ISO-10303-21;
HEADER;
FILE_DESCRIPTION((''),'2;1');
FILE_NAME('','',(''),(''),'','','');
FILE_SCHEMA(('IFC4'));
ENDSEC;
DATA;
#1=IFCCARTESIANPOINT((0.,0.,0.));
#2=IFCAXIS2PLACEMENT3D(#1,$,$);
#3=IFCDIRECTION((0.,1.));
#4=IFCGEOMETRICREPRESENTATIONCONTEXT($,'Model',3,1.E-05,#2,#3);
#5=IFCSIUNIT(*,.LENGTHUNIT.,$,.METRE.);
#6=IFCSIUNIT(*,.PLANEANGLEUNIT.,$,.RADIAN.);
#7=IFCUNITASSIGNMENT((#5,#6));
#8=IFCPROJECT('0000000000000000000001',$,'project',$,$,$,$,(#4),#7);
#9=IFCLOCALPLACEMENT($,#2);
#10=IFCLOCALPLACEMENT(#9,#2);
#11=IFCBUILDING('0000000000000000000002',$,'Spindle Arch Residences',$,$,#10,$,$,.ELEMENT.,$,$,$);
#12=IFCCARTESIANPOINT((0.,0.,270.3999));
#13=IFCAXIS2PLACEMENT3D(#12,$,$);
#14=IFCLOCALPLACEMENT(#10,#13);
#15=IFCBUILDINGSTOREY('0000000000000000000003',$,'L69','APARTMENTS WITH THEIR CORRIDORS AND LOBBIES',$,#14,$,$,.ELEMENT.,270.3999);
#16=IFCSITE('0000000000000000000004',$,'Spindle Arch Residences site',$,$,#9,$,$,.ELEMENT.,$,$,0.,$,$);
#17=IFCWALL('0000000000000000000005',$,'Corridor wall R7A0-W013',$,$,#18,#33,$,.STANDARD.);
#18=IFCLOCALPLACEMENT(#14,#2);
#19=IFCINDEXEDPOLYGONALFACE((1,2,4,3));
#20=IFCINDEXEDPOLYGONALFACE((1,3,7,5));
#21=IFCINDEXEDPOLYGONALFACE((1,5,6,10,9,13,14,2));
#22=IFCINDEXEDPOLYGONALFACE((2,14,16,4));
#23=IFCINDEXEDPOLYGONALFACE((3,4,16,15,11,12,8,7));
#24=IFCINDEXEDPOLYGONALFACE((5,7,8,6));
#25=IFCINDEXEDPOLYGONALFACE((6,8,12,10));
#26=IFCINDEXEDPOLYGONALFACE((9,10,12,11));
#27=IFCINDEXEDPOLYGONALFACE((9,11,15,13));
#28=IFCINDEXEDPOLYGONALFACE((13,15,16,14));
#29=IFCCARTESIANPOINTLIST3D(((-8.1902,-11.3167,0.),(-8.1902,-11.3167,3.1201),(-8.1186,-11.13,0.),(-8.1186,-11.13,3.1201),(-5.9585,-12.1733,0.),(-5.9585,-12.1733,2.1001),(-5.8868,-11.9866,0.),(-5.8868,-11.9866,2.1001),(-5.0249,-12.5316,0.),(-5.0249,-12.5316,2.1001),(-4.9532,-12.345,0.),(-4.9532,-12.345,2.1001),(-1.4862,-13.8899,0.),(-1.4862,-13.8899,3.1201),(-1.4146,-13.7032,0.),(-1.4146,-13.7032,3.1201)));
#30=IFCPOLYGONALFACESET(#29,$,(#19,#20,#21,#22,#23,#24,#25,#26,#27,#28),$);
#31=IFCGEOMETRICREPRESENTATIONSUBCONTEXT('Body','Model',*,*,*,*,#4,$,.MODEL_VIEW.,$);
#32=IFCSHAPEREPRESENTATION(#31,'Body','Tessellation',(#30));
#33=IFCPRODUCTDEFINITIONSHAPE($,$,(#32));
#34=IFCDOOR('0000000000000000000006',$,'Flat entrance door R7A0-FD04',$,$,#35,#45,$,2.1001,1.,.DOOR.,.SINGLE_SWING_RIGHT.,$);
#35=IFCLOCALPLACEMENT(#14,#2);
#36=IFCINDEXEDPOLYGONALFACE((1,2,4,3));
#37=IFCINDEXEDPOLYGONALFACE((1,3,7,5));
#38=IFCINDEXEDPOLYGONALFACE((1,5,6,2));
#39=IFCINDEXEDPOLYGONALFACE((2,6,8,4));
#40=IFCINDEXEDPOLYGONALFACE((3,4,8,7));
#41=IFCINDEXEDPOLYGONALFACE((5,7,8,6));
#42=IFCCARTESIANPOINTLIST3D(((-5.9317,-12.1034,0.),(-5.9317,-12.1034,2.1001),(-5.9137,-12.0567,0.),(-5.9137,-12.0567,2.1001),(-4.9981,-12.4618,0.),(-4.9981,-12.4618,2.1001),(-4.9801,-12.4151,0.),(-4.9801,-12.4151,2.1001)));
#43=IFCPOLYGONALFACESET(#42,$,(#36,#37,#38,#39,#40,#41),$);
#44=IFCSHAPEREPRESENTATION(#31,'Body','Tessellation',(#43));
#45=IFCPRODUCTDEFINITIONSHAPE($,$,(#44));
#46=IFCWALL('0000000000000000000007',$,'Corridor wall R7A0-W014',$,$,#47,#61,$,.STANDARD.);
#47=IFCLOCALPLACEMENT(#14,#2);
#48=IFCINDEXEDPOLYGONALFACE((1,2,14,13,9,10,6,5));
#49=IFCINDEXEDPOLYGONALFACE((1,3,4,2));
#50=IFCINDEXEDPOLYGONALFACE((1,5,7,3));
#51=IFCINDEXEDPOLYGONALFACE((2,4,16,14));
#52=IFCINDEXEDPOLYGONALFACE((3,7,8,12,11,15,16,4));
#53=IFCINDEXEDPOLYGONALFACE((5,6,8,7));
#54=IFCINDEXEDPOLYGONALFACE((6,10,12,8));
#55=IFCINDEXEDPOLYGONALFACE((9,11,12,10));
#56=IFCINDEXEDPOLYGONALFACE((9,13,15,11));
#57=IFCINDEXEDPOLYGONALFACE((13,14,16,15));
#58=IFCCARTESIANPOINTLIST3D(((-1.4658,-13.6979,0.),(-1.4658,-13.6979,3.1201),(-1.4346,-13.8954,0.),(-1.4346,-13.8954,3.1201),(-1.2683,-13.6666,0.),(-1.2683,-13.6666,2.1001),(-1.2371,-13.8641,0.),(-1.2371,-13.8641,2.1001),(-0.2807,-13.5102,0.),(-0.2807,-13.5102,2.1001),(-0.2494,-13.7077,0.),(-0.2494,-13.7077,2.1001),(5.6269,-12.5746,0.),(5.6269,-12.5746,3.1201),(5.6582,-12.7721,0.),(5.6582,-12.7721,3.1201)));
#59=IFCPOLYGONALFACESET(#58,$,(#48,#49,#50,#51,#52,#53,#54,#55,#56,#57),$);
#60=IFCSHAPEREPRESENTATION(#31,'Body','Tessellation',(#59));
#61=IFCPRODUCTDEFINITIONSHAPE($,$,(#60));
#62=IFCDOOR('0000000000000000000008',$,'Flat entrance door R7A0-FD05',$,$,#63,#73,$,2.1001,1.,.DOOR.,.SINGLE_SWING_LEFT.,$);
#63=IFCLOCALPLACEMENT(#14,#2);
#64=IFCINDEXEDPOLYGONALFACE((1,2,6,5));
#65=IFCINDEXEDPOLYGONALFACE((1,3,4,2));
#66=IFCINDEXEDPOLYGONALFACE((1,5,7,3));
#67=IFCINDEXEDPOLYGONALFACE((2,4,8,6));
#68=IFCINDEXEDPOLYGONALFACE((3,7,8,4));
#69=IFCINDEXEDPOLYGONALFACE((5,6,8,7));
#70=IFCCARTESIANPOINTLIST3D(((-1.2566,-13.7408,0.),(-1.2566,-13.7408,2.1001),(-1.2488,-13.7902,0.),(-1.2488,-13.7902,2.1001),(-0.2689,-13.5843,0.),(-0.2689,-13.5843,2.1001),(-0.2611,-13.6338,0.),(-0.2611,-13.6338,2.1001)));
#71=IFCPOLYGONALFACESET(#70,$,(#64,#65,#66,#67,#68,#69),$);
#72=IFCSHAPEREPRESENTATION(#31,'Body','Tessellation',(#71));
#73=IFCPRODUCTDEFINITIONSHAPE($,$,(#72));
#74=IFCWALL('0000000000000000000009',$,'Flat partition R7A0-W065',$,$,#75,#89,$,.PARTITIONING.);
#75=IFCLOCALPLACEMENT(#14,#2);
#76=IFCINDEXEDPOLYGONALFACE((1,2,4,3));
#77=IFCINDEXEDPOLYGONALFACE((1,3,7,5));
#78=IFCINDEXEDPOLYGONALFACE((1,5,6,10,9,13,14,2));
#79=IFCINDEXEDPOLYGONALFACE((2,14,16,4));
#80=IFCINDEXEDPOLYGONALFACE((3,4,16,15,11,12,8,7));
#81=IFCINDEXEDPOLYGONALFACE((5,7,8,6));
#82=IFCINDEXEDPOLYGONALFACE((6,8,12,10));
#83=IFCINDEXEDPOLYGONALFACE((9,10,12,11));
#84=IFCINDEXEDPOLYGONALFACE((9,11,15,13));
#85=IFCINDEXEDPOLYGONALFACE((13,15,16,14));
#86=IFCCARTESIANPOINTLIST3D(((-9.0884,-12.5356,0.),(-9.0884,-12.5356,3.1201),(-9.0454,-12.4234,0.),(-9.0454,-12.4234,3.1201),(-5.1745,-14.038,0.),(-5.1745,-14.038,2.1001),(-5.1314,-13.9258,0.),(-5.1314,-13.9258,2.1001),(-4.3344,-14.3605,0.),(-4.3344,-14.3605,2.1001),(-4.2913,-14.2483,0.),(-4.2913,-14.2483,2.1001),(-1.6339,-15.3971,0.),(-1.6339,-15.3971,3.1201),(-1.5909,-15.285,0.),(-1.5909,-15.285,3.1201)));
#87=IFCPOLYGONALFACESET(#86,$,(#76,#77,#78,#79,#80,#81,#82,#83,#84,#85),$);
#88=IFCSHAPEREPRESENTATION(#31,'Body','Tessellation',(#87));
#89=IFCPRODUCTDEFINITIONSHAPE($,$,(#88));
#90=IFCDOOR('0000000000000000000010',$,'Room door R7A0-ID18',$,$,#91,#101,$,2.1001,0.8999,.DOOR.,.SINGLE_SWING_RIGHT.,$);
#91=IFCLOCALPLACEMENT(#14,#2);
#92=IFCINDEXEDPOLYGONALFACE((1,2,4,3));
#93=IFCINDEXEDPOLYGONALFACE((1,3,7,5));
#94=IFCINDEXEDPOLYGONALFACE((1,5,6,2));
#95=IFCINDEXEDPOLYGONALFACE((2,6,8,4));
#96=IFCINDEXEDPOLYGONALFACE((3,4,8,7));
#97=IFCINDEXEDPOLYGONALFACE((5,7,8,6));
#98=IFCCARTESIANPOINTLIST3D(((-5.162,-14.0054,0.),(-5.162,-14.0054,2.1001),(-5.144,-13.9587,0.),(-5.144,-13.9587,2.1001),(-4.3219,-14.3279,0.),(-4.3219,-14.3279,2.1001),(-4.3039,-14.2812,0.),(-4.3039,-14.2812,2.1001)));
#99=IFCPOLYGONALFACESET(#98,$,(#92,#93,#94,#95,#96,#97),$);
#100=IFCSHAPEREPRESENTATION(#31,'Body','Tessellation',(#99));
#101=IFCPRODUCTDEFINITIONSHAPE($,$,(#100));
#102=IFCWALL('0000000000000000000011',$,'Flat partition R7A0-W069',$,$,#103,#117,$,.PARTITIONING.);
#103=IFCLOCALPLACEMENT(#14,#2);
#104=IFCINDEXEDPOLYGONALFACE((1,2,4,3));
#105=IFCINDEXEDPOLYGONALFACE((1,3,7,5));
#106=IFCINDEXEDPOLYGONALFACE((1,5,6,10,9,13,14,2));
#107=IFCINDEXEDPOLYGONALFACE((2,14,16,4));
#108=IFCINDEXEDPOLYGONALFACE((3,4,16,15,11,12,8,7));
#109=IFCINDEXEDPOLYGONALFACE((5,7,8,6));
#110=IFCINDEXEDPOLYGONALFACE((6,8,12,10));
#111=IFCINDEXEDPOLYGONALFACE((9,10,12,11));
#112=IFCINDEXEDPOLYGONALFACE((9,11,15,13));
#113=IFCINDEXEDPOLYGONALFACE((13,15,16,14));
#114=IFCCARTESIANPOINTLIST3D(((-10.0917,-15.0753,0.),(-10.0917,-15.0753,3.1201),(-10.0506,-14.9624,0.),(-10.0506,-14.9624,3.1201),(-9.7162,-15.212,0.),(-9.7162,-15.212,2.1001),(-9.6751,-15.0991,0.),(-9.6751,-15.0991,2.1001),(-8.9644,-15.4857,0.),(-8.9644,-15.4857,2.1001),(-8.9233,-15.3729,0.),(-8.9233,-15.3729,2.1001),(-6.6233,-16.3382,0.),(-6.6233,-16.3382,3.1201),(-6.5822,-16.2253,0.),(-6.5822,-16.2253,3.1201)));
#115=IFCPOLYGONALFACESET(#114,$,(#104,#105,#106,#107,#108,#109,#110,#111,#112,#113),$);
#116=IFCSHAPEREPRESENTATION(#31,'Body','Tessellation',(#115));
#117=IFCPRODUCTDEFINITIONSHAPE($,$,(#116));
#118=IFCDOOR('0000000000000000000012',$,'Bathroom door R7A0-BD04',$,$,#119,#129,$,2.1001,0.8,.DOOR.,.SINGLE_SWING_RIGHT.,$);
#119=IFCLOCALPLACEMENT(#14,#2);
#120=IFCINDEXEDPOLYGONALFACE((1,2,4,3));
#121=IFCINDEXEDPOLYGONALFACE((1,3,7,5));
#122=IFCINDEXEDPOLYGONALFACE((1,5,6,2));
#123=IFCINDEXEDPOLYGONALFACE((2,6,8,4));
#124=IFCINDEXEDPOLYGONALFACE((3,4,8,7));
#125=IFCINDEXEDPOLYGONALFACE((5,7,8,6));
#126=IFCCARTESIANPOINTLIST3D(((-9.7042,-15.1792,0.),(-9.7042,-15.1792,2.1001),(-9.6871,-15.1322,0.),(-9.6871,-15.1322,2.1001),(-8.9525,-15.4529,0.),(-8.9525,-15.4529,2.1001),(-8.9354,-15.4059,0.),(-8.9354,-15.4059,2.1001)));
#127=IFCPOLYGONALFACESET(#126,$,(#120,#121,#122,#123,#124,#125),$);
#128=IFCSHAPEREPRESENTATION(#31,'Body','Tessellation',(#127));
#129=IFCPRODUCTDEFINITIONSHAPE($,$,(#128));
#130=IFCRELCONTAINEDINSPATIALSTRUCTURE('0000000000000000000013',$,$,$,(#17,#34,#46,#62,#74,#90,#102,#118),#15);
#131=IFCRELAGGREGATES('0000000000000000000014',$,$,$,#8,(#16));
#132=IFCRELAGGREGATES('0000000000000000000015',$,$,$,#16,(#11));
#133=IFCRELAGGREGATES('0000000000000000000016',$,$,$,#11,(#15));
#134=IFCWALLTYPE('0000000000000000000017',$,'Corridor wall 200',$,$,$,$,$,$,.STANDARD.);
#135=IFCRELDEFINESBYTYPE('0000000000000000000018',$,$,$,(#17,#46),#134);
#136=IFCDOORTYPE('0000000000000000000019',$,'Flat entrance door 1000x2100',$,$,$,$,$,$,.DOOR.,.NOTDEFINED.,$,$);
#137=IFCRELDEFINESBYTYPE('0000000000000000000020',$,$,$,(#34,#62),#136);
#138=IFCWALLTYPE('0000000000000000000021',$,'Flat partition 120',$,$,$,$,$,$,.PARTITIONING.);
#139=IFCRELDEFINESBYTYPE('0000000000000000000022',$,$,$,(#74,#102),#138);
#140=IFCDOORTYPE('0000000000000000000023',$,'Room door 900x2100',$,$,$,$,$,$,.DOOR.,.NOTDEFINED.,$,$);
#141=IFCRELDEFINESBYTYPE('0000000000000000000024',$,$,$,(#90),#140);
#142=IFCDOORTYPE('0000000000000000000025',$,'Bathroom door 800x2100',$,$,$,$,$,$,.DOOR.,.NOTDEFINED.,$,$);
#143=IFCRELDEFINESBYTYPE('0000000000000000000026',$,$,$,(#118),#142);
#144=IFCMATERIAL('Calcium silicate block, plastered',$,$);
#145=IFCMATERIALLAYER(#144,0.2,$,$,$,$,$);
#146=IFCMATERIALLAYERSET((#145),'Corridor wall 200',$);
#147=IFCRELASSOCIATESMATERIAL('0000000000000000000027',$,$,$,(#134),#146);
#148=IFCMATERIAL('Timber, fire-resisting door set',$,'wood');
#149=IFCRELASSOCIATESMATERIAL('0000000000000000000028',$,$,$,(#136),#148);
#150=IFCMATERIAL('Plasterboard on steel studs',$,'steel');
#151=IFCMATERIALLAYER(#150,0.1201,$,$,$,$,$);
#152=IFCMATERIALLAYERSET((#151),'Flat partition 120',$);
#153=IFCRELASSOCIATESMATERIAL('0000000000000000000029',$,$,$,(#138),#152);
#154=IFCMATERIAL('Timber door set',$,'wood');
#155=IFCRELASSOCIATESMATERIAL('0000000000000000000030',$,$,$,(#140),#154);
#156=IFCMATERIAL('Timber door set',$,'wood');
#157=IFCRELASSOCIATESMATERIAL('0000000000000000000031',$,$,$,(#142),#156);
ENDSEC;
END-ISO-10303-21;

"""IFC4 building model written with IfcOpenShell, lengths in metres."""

from ifc_helpers import new_model, si_unit, direction, frame, frame_2d, origin, place, context, subcontext, project, spatial, rectangle, extrude, material, layer, layer_set, type_object, element, fill, save


model = new_model("IFC4")

# Units and contexts
model_context = context("Model", 3, precision=1e-05, world=origin(), true_north=direction((0.0, 1.0)))
body_context = subcontext(model_context, "Body", "Model", "MODEL_VIEW")
ifc_project = project(units=[si_unit("LENGTHUNIT", "METRE"), si_unit("PLANEANGLEUNIT", "RADIAN")], contexts=[model_context])

# Site, building, storey
site_placement = place(None, origin())
site = spatial("IfcSite", under=ifc_project, at=site_placement, Name="Spindle Arch Residences site", CompositionType="ELEMENT", RefElevation=0.0)
building_placement = place(site_placement, origin())
building = spatial("IfcBuilding", under=site, at=building_placement, Name="Spindle Arch Residences", CompositionType="ELEMENT")
storey_placement = place(building_placement, frame((0.0, 0.0, 270.3999)))
storey = spatial("IfcBuildingStorey", under=building, at=storey_placement, Name="L69", Description="APARTMENTS WITH THEIR CORRIDORS AND LOBBIES", CompositionType="ELEMENT", Elevation=270.3999)

# Walls, openings, doors
ifc_material_1 = material(Name="Calcium silicate block, plastered")
ifc_layer_1 = layer(ifc_material_1, 0.2)
ifc_layer_set_1 = layer_set([ifc_layer_1], Name="Corridor wall 200")
wall_type_1 = type_object("IfcWallType", Name="Corridor wall 200", PredefinedType="STANDARD", material=ifc_layer_set_1)
wall_1_placement = place(storey_placement, frame((-8.1543, -11.2234, 0.0), z_axis=(0.0, 0.0, 1.0), x_axis=(0.933591, -0.358341, 0.0)))
wall_1 = element("IfcWall", 1, at=wall_1_placement, inside=storey, type_object=wall_type_1, Name="Corridor wall R7A0-W013", PredefinedType="STANDARD", context=body_context, shape_type="SweptSolid", body=[
    extrude(rectangle(XDim=7.1809, YDim=0.2, at=frame_2d((3.5903, 0.0))), origin(), (0.0, 0.0, 1.0), 3.1201),
])
opening_1_placement = place(wall_1_placement, frame((2.3904, 0.0, 0.0)))
opening_1 = element("IfcOpeningElement", 2, at=opening_1_placement, cuts=wall_1, PredefinedType="OPENING", context=body_context, shape_type="SweptSolid", body=[
    extrude(rectangle(XDim=1.0, YDim=2.1001, at=frame_2d((0.5, 1.05))), frame((0.0, 0.1099, 0.0), z_axis=(0.0, -1.0, 0.0), x_axis=(1.0, 0.0, 0.0)), (0.0, 0.0, 1.0), 0.22),
])
ifc_material_2 = material(Name="Timber, fire-resisting door set", Category="wood")
door_type_1 = type_object("IfcDoorType", Name="Flat entrance door 1000x2100", OperationType="NOTDEFINED", PredefinedType="DOOR", material=ifc_material_2)
door_1_placement = place(opening_1_placement, origin())
door_1 = element("IfcDoor", 3, at=door_1_placement, inside=storey, type_object=door_type_1, Name="Flat entrance door R7A0-FD04", OperationType="SINGLE_SWING_RIGHT", OverallHeight=2.1001, OverallWidth=1.0, PredefinedType="DOOR", context=body_context, shape_type="SweptSolid", body=[
    extrude(rectangle(XDim=1.0, YDim=2.1001, at=frame_2d((0.5, 1.05))), frame((0.0, 0.0249, 0.0), z_axis=(0.0, -1.0, 0.0), x_axis=(1.0, 0.0, 0.0)), (0.0, 0.0, 1.0), 0.05),
])
fill(opening_1, door_1)
wall_2_placement = place(storey_placement, frame((-1.4502, -13.7966, 0.0), z_axis=(0.0, 0.0, 1.0), x_axis=(0.98769, 0.156422, 0.0)))
wall_2 = element("IfcWall", 4, at=wall_2_placement, inside=storey, type_object=wall_type_1, Name="Corridor wall R7A0-W014", PredefinedType="STANDARD", context=body_context, shape_type="SweptSolid", body=[
    extrude(rectangle(XDim=7.1812, YDim=0.2, at=frame_2d((3.5906, 0.0))), origin(), (0.0, 0.0, 1.0), 3.1201),
])
opening_2_placement = place(wall_2_placement, frame((0.2, 0.0, 0.0)))
opening_2 = element("IfcOpeningElement", 5, at=opening_2_placement, cuts=wall_2, PredefinedType="OPENING", context=body_context, shape_type="SweptSolid", body=[
    extrude(rectangle(XDim=1.0, YDim=2.1001, at=frame_2d((0.5, 1.05))), frame((0.0, 0.1099, 0.0), z_axis=(0.0, -1.0, 0.0), x_axis=(1.0, 0.0, 0.0)), (0.0, 0.0, 1.0), 0.22),
])
door_2_placement = place(opening_2_placement, origin())
door_2 = element("IfcDoor", 6, at=door_2_placement, inside=storey, type_object=door_type_1, Name="Flat entrance door R7A0-FD05", OperationType="SINGLE_SWING_LEFT", OverallHeight=2.1001, OverallWidth=1.0, PredefinedType="DOOR", context=body_context, shape_type="SweptSolid", body=[
    extrude(rectangle(XDim=1.0, YDim=2.1001, at=frame_2d((0.5, 1.05))), frame((0.0, 0.0249, 0.0), z_axis=(0.0, -1.0, 0.0), x_axis=(1.0, 0.0, 0.0)), (0.0, 0.0, 1.0), 0.05),
])
fill(opening_2, door_2)
ifc_material_3 = material(Name="Plasterboard on steel studs", Category="steel")
ifc_layer_2 = layer(ifc_material_3, 0.1201)
ifc_layer_set_2 = layer_set([ifc_layer_2], Name="Flat partition 120")
wall_type_2 = type_object("IfcWallType", Name="Flat partition 120", PredefinedType="PARTITIONING", material=ifc_layer_set_2)
wall_3_placement = place(storey_placement, frame((-9.0669, -12.4795, 0.0), z_axis=(0.0, 0.0, 1.0), x_axis=(0.933579, -0.35837, 0.0)))
wall_3 = element("IfcWall", 7, at=wall_3_placement, inside=storey, type_object=wall_type_2, Name="Flat partition R7A0-W065", PredefinedType="PARTITIONING", context=body_context, shape_type="SweptSolid", body=[
    extrude(rectangle(XDim=7.9849, YDim=0.1201, at=frame_2d((3.9924, 0.0))), origin(), (0.0, 0.0, 1.0), 3.1201),
])
opening_3_placement = place(wall_3_placement, frame((4.1924, 0.0, 0.0)))
opening_3 = element("IfcOpeningElement", 8, at=opening_3_placement, cuts=wall_3, PredefinedType="OPENING", context=body_context, shape_type="SweptSolid", body=[
    extrude(rectangle(XDim=0.8999, YDim=2.1001, at=frame_2d((0.45, 1.05))), frame((0.0, 0.0701, 0.0), z_axis=(0.0, -1.0, 0.0), x_axis=(1.0, 0.0, 0.0)), (0.0, 0.0, 1.0), 0.1401),
])
ifc_material_4 = material(Name="Timber door set", Category="wood")
door_type_2 = type_object("IfcDoorType", Name="Room door 900x2100", OperationType="NOTDEFINED", PredefinedType="DOOR", material=ifc_material_4)
door_3_placement = place(opening_3_placement, origin())
door_3 = element("IfcDoor", 9, at=door_3_placement, inside=storey, type_object=door_type_2, Name="Room door R7A0-ID18", OperationType="SINGLE_SWING_RIGHT", OverallHeight=2.1001, OverallWidth=0.8999, PredefinedType="DOOR", context=body_context, shape_type="SweptSolid", body=[
    extrude(rectangle(XDim=0.8999, YDim=2.1001, at=frame_2d((0.45, 1.05))), frame((0.0, 0.0249, 0.0), z_axis=(0.0, -1.0, 0.0), x_axis=(1.0, 0.0, 0.0)), (0.0, 0.0, 1.0), 0.05),
])
fill(opening_3, door_3)
wall_4_placement = place(storey_placement, frame((-10.0713, -15.0188, 0.0), z_axis=(0.0, 0.0, 1.0), x_axis=(0.939649, -0.342141, 0.0)))
wall_4 = element("IfcWall", 10, at=wall_4_placement, inside=storey, type_object=wall_type_2, Name="Flat partition R7A0-W069", PredefinedType="PARTITIONING", context=body_context, shape_type="SweptSolid", body=[
    extrude(rectangle(XDim=3.6912, YDim=0.1201, at=frame_2d((1.8457, 0.0))), origin(), (0.0, 0.0, 1.0), 3.1201),
])
opening_4_placement = place(wall_4_placement, frame((0.3999, 0.0, 0.0)))
opening_4 = element("IfcOpeningElement", 11, at=opening_4_placement, cuts=wall_4, PredefinedType="OPENING", context=body_context, shape_type="SweptSolid", body=[
    extrude(rectangle(XDim=0.8, YDim=2.1001, at=frame_2d((0.3999, 1.05))), frame((0.0, 0.0701, 0.0), z_axis=(0.0, -1.0, 0.0), x_axis=(1.0, 0.0, 0.0)), (0.0, 0.0, 1.0), 0.1401),
])
ifc_material_5 = material(Name="Timber door set", Category="wood")
door_type_3 = type_object("IfcDoorType", Name="Bathroom door 800x2100", OperationType="NOTDEFINED", PredefinedType="DOOR", material=ifc_material_5)
door_4_placement = place(opening_4_placement, origin())
door_4 = element("IfcDoor", 12, at=door_4_placement, inside=storey, type_object=door_type_3, Name="Bathroom door R7A0-BD04", OperationType="SINGLE_SWING_RIGHT", OverallHeight=2.1001, OverallWidth=0.8, PredefinedType="DOOR", context=body_context, shape_type="SweptSolid", body=[
    extrude(rectangle(XDim=0.8, YDim=2.1001, at=frame_2d((0.3999, 1.05))), frame((0.0, 0.0249, 0.0), z_axis=(0.0, -1.0, 0.0), x_axis=(1.0, 0.0, 0.0)), (0.0, 0.0, 1.0), 0.05),
])
fill(opening_4, door_4)

save(model, "model.ifc")
